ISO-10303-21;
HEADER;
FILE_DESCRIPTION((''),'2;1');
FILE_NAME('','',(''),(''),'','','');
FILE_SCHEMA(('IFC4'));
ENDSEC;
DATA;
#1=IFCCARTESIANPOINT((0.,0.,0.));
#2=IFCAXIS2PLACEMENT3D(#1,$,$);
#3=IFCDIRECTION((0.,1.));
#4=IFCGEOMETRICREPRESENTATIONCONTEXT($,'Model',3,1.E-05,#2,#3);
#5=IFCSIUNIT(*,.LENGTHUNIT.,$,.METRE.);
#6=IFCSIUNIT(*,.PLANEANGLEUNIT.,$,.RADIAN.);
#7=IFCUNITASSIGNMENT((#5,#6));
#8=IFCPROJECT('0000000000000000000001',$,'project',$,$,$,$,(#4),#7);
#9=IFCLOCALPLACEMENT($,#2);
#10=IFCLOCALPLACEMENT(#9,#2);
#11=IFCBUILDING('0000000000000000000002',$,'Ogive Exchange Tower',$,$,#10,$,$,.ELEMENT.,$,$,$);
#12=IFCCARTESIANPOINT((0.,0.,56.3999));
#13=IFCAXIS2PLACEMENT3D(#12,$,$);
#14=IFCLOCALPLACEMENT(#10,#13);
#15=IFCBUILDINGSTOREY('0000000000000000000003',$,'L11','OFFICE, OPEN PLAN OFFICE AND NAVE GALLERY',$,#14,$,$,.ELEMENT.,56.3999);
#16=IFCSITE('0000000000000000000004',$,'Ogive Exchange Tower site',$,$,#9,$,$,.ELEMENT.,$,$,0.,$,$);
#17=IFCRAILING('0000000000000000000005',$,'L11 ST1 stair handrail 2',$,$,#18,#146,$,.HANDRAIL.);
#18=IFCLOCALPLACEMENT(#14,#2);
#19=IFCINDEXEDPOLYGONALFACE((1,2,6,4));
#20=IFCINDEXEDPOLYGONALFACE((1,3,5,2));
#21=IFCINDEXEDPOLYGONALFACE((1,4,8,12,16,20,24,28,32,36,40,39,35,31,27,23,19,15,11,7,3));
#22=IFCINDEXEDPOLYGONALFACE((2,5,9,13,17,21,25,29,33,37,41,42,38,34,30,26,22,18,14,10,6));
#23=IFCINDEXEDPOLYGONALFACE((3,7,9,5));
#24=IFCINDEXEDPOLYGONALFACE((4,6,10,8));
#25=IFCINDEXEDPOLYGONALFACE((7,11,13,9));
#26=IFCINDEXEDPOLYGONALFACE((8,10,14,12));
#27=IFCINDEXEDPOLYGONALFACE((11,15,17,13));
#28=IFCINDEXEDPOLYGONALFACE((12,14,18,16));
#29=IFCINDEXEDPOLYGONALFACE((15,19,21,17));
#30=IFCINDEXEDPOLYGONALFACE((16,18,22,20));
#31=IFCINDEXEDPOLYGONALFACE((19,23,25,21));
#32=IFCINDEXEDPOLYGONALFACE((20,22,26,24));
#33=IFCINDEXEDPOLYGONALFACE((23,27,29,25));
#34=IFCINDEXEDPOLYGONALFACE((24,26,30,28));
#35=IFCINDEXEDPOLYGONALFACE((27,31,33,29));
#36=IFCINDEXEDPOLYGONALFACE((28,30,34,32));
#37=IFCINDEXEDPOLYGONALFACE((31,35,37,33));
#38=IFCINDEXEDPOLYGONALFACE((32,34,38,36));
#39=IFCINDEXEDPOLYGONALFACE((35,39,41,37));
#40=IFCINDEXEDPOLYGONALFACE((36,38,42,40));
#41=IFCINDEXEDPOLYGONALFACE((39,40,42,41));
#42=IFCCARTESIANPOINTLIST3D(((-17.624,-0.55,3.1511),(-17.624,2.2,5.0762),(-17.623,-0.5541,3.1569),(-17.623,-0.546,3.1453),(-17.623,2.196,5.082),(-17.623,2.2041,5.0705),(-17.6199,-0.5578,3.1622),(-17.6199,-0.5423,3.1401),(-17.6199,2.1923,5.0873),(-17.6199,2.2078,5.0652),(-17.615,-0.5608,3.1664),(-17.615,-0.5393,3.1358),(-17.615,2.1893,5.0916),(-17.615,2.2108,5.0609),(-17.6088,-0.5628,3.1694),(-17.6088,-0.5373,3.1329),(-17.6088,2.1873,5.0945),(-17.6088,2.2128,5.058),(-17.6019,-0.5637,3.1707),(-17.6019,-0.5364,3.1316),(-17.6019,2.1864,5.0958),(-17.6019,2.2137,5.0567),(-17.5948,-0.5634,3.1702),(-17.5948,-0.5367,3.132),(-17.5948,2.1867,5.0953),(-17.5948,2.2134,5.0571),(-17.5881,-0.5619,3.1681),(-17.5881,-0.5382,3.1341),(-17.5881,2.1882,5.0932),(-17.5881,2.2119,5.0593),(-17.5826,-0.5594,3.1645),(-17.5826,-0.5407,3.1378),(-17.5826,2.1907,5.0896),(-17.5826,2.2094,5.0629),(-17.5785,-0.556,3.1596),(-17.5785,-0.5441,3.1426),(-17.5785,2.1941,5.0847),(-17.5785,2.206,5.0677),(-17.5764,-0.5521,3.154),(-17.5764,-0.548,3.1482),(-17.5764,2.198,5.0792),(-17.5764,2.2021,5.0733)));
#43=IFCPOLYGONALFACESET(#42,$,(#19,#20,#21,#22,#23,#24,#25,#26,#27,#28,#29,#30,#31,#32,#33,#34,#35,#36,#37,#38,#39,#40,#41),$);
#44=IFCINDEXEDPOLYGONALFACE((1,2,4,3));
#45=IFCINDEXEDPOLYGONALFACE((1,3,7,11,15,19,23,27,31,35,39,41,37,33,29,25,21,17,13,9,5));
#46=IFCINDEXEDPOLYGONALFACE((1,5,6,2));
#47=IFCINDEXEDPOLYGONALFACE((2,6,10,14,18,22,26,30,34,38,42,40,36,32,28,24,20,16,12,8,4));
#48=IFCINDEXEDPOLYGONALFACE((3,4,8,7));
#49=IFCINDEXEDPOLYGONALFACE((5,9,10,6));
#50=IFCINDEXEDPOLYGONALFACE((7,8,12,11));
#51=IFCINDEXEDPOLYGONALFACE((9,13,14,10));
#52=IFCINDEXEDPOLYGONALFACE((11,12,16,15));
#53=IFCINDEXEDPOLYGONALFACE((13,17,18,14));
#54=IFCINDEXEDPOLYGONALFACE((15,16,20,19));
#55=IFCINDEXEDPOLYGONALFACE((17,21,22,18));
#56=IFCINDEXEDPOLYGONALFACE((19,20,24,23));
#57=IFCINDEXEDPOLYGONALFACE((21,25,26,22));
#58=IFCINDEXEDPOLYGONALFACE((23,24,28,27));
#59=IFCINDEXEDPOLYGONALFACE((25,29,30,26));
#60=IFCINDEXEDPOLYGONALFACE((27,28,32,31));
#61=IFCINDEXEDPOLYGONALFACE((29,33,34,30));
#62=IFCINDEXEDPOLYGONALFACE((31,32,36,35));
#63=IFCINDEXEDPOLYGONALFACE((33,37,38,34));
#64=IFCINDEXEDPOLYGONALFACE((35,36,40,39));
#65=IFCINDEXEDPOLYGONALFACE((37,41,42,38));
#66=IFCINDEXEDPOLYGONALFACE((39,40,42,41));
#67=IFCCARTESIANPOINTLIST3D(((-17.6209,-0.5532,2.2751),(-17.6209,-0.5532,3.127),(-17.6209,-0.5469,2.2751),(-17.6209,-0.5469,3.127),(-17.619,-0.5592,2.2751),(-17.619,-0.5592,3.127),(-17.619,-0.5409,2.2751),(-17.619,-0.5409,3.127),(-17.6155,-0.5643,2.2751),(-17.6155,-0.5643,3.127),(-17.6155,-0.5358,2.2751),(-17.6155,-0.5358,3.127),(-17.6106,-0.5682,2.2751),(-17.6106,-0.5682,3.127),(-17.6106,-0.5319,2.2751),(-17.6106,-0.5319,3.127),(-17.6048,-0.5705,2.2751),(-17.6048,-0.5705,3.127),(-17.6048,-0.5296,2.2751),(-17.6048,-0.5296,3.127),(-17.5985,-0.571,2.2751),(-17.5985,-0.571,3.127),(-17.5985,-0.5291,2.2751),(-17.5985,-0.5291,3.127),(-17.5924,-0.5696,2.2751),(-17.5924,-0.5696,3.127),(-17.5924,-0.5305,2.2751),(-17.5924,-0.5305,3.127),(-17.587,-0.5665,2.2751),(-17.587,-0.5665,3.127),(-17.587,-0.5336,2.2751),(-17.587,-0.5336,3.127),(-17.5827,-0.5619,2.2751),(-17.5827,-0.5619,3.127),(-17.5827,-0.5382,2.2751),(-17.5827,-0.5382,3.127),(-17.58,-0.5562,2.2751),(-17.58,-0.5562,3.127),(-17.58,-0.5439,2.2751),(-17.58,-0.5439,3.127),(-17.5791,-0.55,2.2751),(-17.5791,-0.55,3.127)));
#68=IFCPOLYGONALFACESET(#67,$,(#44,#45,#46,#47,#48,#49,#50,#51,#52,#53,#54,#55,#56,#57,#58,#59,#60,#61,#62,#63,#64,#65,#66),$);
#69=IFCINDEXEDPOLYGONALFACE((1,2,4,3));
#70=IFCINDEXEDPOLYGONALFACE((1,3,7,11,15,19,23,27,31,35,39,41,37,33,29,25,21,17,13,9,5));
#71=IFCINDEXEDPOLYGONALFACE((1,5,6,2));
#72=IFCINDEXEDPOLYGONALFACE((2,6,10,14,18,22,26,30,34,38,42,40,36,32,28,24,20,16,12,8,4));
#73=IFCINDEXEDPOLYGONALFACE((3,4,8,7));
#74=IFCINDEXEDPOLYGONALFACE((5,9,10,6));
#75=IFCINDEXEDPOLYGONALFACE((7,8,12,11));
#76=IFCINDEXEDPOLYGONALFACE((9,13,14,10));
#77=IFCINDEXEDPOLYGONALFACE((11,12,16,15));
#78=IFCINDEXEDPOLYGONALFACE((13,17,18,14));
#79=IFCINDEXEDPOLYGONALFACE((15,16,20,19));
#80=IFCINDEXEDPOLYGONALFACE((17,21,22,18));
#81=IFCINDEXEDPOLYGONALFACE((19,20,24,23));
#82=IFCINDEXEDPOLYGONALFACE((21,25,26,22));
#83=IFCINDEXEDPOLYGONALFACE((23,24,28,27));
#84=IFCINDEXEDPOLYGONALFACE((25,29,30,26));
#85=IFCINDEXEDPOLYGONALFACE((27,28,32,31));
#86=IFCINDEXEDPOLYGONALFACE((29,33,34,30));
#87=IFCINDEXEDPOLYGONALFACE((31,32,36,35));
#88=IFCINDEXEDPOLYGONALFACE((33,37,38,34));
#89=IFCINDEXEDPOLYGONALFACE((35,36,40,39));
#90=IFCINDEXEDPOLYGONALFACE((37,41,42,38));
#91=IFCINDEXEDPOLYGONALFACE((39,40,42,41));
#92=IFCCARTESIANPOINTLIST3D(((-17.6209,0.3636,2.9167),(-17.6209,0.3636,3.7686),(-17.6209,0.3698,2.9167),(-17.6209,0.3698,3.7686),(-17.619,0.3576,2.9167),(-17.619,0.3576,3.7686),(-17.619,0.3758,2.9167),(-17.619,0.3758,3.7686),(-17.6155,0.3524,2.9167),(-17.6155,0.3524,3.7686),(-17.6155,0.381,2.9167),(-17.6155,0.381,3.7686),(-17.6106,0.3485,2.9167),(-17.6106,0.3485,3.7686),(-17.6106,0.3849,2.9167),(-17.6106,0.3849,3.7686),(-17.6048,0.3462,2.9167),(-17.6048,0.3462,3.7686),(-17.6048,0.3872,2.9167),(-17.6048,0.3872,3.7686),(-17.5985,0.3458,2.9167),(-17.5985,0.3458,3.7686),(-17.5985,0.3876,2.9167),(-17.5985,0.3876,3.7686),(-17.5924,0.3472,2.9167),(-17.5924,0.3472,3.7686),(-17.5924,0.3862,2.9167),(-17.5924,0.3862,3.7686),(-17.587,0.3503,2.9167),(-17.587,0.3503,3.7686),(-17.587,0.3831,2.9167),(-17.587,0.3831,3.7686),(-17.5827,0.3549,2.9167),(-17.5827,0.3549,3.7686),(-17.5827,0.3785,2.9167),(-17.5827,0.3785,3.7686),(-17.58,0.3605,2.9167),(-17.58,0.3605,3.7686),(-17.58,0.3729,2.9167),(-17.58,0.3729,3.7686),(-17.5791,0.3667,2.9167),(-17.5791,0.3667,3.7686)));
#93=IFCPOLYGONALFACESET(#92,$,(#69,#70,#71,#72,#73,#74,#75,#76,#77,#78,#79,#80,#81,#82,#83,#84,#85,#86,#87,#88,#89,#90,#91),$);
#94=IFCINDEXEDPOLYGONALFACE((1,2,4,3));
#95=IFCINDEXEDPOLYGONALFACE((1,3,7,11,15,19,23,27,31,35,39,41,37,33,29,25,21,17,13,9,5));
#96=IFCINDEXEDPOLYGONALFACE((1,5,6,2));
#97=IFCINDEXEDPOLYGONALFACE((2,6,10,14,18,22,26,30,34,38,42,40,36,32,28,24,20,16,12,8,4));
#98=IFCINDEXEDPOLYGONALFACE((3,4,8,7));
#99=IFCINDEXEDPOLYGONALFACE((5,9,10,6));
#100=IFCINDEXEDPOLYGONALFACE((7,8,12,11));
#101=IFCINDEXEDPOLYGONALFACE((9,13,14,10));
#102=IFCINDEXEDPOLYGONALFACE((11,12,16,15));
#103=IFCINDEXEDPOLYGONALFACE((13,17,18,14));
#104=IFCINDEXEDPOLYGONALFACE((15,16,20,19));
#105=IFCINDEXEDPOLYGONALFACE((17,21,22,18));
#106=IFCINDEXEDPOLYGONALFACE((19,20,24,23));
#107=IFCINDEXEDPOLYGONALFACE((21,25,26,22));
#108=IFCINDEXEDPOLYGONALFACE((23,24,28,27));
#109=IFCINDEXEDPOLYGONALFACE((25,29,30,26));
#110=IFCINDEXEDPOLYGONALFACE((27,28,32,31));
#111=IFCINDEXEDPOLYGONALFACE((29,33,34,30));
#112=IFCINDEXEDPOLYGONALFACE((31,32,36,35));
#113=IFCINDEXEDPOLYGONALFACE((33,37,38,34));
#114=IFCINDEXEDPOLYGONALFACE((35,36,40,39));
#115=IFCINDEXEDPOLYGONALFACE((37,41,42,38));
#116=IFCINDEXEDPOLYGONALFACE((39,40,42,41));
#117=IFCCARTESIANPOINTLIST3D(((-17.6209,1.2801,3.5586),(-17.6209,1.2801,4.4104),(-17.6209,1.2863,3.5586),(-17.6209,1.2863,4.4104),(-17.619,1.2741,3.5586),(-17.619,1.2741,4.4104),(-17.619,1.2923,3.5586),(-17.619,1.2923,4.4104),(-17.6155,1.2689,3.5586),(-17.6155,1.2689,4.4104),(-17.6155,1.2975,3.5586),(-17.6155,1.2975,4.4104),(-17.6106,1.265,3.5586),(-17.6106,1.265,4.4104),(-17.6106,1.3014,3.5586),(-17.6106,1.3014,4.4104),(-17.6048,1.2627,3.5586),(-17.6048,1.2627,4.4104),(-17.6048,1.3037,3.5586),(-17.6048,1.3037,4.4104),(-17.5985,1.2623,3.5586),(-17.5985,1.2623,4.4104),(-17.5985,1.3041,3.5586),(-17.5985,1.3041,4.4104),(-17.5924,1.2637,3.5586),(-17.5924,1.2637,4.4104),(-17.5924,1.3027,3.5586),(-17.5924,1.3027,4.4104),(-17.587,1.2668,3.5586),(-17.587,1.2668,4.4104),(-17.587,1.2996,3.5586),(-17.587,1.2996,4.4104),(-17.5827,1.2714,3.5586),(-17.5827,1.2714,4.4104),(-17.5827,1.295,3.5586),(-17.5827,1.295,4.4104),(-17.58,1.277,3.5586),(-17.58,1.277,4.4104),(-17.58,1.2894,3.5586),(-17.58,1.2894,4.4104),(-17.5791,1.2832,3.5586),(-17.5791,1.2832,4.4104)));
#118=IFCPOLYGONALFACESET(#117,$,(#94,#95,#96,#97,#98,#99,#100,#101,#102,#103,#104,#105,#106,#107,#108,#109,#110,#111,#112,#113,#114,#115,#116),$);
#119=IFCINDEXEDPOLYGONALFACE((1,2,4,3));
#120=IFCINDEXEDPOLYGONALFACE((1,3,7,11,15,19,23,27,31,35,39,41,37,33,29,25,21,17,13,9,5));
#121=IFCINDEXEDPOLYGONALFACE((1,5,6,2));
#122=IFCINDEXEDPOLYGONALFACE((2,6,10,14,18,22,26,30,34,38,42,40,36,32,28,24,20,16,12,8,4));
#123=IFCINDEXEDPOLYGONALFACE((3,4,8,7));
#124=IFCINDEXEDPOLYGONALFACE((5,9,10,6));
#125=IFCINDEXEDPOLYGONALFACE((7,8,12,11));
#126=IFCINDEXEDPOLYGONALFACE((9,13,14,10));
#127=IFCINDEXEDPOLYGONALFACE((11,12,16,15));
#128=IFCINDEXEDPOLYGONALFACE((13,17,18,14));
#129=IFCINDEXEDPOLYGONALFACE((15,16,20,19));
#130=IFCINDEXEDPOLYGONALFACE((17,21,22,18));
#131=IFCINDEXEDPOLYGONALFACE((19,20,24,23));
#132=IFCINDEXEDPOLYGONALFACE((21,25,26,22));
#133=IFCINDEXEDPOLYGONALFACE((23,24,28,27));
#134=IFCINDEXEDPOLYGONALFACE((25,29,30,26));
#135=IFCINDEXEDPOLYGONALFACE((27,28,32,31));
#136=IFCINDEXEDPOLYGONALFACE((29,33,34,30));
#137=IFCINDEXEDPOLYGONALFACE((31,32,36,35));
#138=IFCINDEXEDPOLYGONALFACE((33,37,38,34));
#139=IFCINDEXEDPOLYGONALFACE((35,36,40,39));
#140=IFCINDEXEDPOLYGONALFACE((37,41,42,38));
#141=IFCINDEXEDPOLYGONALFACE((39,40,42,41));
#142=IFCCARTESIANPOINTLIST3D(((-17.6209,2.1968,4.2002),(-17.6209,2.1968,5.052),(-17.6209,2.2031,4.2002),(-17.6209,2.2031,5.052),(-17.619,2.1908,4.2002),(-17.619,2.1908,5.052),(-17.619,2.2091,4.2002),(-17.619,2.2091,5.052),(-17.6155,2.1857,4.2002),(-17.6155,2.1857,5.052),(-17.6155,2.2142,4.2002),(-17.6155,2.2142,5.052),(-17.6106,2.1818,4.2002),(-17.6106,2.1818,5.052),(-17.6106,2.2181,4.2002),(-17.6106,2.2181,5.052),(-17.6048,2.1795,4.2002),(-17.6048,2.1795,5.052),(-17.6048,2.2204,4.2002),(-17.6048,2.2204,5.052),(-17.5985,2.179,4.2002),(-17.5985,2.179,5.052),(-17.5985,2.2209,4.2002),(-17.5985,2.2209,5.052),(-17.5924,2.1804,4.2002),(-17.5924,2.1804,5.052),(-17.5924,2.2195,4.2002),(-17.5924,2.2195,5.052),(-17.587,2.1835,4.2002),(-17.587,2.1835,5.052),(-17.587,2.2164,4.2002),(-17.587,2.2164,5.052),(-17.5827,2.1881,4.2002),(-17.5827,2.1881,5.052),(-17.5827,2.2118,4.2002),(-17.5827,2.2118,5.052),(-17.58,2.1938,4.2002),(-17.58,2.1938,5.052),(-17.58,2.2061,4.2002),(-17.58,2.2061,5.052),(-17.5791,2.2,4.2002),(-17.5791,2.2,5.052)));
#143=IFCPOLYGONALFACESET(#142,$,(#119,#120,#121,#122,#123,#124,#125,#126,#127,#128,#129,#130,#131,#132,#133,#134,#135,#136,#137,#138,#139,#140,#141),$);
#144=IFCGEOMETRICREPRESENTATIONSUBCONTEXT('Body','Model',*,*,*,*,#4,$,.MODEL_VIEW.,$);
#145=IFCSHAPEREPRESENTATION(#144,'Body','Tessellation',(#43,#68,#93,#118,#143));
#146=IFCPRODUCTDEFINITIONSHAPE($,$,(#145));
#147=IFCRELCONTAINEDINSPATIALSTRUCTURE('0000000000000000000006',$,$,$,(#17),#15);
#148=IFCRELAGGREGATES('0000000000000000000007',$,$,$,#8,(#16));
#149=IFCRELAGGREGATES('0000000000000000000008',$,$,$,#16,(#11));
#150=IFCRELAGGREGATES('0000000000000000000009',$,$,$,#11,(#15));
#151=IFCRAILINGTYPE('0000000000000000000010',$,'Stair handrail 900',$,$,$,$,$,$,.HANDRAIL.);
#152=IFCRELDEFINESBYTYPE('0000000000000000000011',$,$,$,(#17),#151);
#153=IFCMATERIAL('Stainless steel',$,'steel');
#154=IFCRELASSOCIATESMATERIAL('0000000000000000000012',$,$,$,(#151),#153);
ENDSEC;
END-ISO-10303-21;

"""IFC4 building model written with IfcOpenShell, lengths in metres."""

from ifc_helpers import new_model, si_unit, direction, frame, origin, origin_2d, place, context, subcontext, project, spatial, circle, extrude, material, type_object, element, save


model = new_model("IFC4")

# Units and contexts
model_context = context("Model", 3, precision=1e-05, world=origin(), true_north=direction((0.0, 1.0)))
body_context = subcontext(model_context, "Body", "Model", "MODEL_VIEW")
ifc_project = project(units=[si_unit("LENGTHUNIT", "METRE"), si_unit("PLANEANGLEUNIT", "RADIAN")], contexts=[model_context])

# Site, building, storey
site_placement = place(None, origin())
site = spatial("IfcSite", under=ifc_project, at=site_placement, Name="Ogive Exchange Tower site", CompositionType="ELEMENT", RefElevation=0.0)
building_placement = place(site_placement, origin())
building = spatial("IfcBuilding", under=site, at=building_placement, Name="Ogive Exchange Tower", CompositionType="ELEMENT")
storey_placement = place(building_placement, frame((0.0, 0.0, 56.3999)))
storey = spatial("IfcBuildingStorey", under=building, at=storey_placement, Name="L11", Description="OFFICE, OPEN PLAN OFFICE AND NAVE GALLERY", CompositionType="ELEMENT", Elevation=56.3999)

# Shared definitions
ifc_material_1 = material(Name="Stainless steel", Category="steel")

# Railing
railing_type = type_object("IfcRailingType", Name="Stair handrail 900", PredefinedType="HANDRAIL", material=ifc_material_1)
railing_placement = place(storey_placement, frame((-17.6001, -0.55, 2.2751)))
element("IfcRailing", 1, at=railing_placement, inside=storey, type_object=railing_type, Name="L11 ST1 stair handrail 2", PredefinedType="HANDRAIL", context=body_context, shape_type="SweptSolid", body=[
    extrude(circle(Radius=0.0239, at=origin_2d()), frame((0.0, 0.0, 0.876), z_axis=(0.0, 0.819225, 0.573472), x_axis=(-1.0, 0.0, 0.0)), (0.0, 0.0, 1.0), 3.3569),
    extrude(circle(Radius=0.021, at=origin_2d()), origin(), (0.0, 0.0, 1.0), 0.8518),
    extrude(circle(Radius=0.021, at=origin_2d()), frame((0.0, 0.9167, 0.6416)), (0.0, 0.0, 1.0), 0.8518),
    extrude(circle(Radius=0.021, at=origin_2d()), frame((0.0, 1.8333, 1.2834)), (0.0, 0.0, 1.0), 0.8518),
    extrude(circle(Radius=0.021, at=origin_2d()), frame((0.0, 2.75, 1.925)), (0.0, 0.0, 1.0), 0.8518),
])

save(model, "model.ifc")
